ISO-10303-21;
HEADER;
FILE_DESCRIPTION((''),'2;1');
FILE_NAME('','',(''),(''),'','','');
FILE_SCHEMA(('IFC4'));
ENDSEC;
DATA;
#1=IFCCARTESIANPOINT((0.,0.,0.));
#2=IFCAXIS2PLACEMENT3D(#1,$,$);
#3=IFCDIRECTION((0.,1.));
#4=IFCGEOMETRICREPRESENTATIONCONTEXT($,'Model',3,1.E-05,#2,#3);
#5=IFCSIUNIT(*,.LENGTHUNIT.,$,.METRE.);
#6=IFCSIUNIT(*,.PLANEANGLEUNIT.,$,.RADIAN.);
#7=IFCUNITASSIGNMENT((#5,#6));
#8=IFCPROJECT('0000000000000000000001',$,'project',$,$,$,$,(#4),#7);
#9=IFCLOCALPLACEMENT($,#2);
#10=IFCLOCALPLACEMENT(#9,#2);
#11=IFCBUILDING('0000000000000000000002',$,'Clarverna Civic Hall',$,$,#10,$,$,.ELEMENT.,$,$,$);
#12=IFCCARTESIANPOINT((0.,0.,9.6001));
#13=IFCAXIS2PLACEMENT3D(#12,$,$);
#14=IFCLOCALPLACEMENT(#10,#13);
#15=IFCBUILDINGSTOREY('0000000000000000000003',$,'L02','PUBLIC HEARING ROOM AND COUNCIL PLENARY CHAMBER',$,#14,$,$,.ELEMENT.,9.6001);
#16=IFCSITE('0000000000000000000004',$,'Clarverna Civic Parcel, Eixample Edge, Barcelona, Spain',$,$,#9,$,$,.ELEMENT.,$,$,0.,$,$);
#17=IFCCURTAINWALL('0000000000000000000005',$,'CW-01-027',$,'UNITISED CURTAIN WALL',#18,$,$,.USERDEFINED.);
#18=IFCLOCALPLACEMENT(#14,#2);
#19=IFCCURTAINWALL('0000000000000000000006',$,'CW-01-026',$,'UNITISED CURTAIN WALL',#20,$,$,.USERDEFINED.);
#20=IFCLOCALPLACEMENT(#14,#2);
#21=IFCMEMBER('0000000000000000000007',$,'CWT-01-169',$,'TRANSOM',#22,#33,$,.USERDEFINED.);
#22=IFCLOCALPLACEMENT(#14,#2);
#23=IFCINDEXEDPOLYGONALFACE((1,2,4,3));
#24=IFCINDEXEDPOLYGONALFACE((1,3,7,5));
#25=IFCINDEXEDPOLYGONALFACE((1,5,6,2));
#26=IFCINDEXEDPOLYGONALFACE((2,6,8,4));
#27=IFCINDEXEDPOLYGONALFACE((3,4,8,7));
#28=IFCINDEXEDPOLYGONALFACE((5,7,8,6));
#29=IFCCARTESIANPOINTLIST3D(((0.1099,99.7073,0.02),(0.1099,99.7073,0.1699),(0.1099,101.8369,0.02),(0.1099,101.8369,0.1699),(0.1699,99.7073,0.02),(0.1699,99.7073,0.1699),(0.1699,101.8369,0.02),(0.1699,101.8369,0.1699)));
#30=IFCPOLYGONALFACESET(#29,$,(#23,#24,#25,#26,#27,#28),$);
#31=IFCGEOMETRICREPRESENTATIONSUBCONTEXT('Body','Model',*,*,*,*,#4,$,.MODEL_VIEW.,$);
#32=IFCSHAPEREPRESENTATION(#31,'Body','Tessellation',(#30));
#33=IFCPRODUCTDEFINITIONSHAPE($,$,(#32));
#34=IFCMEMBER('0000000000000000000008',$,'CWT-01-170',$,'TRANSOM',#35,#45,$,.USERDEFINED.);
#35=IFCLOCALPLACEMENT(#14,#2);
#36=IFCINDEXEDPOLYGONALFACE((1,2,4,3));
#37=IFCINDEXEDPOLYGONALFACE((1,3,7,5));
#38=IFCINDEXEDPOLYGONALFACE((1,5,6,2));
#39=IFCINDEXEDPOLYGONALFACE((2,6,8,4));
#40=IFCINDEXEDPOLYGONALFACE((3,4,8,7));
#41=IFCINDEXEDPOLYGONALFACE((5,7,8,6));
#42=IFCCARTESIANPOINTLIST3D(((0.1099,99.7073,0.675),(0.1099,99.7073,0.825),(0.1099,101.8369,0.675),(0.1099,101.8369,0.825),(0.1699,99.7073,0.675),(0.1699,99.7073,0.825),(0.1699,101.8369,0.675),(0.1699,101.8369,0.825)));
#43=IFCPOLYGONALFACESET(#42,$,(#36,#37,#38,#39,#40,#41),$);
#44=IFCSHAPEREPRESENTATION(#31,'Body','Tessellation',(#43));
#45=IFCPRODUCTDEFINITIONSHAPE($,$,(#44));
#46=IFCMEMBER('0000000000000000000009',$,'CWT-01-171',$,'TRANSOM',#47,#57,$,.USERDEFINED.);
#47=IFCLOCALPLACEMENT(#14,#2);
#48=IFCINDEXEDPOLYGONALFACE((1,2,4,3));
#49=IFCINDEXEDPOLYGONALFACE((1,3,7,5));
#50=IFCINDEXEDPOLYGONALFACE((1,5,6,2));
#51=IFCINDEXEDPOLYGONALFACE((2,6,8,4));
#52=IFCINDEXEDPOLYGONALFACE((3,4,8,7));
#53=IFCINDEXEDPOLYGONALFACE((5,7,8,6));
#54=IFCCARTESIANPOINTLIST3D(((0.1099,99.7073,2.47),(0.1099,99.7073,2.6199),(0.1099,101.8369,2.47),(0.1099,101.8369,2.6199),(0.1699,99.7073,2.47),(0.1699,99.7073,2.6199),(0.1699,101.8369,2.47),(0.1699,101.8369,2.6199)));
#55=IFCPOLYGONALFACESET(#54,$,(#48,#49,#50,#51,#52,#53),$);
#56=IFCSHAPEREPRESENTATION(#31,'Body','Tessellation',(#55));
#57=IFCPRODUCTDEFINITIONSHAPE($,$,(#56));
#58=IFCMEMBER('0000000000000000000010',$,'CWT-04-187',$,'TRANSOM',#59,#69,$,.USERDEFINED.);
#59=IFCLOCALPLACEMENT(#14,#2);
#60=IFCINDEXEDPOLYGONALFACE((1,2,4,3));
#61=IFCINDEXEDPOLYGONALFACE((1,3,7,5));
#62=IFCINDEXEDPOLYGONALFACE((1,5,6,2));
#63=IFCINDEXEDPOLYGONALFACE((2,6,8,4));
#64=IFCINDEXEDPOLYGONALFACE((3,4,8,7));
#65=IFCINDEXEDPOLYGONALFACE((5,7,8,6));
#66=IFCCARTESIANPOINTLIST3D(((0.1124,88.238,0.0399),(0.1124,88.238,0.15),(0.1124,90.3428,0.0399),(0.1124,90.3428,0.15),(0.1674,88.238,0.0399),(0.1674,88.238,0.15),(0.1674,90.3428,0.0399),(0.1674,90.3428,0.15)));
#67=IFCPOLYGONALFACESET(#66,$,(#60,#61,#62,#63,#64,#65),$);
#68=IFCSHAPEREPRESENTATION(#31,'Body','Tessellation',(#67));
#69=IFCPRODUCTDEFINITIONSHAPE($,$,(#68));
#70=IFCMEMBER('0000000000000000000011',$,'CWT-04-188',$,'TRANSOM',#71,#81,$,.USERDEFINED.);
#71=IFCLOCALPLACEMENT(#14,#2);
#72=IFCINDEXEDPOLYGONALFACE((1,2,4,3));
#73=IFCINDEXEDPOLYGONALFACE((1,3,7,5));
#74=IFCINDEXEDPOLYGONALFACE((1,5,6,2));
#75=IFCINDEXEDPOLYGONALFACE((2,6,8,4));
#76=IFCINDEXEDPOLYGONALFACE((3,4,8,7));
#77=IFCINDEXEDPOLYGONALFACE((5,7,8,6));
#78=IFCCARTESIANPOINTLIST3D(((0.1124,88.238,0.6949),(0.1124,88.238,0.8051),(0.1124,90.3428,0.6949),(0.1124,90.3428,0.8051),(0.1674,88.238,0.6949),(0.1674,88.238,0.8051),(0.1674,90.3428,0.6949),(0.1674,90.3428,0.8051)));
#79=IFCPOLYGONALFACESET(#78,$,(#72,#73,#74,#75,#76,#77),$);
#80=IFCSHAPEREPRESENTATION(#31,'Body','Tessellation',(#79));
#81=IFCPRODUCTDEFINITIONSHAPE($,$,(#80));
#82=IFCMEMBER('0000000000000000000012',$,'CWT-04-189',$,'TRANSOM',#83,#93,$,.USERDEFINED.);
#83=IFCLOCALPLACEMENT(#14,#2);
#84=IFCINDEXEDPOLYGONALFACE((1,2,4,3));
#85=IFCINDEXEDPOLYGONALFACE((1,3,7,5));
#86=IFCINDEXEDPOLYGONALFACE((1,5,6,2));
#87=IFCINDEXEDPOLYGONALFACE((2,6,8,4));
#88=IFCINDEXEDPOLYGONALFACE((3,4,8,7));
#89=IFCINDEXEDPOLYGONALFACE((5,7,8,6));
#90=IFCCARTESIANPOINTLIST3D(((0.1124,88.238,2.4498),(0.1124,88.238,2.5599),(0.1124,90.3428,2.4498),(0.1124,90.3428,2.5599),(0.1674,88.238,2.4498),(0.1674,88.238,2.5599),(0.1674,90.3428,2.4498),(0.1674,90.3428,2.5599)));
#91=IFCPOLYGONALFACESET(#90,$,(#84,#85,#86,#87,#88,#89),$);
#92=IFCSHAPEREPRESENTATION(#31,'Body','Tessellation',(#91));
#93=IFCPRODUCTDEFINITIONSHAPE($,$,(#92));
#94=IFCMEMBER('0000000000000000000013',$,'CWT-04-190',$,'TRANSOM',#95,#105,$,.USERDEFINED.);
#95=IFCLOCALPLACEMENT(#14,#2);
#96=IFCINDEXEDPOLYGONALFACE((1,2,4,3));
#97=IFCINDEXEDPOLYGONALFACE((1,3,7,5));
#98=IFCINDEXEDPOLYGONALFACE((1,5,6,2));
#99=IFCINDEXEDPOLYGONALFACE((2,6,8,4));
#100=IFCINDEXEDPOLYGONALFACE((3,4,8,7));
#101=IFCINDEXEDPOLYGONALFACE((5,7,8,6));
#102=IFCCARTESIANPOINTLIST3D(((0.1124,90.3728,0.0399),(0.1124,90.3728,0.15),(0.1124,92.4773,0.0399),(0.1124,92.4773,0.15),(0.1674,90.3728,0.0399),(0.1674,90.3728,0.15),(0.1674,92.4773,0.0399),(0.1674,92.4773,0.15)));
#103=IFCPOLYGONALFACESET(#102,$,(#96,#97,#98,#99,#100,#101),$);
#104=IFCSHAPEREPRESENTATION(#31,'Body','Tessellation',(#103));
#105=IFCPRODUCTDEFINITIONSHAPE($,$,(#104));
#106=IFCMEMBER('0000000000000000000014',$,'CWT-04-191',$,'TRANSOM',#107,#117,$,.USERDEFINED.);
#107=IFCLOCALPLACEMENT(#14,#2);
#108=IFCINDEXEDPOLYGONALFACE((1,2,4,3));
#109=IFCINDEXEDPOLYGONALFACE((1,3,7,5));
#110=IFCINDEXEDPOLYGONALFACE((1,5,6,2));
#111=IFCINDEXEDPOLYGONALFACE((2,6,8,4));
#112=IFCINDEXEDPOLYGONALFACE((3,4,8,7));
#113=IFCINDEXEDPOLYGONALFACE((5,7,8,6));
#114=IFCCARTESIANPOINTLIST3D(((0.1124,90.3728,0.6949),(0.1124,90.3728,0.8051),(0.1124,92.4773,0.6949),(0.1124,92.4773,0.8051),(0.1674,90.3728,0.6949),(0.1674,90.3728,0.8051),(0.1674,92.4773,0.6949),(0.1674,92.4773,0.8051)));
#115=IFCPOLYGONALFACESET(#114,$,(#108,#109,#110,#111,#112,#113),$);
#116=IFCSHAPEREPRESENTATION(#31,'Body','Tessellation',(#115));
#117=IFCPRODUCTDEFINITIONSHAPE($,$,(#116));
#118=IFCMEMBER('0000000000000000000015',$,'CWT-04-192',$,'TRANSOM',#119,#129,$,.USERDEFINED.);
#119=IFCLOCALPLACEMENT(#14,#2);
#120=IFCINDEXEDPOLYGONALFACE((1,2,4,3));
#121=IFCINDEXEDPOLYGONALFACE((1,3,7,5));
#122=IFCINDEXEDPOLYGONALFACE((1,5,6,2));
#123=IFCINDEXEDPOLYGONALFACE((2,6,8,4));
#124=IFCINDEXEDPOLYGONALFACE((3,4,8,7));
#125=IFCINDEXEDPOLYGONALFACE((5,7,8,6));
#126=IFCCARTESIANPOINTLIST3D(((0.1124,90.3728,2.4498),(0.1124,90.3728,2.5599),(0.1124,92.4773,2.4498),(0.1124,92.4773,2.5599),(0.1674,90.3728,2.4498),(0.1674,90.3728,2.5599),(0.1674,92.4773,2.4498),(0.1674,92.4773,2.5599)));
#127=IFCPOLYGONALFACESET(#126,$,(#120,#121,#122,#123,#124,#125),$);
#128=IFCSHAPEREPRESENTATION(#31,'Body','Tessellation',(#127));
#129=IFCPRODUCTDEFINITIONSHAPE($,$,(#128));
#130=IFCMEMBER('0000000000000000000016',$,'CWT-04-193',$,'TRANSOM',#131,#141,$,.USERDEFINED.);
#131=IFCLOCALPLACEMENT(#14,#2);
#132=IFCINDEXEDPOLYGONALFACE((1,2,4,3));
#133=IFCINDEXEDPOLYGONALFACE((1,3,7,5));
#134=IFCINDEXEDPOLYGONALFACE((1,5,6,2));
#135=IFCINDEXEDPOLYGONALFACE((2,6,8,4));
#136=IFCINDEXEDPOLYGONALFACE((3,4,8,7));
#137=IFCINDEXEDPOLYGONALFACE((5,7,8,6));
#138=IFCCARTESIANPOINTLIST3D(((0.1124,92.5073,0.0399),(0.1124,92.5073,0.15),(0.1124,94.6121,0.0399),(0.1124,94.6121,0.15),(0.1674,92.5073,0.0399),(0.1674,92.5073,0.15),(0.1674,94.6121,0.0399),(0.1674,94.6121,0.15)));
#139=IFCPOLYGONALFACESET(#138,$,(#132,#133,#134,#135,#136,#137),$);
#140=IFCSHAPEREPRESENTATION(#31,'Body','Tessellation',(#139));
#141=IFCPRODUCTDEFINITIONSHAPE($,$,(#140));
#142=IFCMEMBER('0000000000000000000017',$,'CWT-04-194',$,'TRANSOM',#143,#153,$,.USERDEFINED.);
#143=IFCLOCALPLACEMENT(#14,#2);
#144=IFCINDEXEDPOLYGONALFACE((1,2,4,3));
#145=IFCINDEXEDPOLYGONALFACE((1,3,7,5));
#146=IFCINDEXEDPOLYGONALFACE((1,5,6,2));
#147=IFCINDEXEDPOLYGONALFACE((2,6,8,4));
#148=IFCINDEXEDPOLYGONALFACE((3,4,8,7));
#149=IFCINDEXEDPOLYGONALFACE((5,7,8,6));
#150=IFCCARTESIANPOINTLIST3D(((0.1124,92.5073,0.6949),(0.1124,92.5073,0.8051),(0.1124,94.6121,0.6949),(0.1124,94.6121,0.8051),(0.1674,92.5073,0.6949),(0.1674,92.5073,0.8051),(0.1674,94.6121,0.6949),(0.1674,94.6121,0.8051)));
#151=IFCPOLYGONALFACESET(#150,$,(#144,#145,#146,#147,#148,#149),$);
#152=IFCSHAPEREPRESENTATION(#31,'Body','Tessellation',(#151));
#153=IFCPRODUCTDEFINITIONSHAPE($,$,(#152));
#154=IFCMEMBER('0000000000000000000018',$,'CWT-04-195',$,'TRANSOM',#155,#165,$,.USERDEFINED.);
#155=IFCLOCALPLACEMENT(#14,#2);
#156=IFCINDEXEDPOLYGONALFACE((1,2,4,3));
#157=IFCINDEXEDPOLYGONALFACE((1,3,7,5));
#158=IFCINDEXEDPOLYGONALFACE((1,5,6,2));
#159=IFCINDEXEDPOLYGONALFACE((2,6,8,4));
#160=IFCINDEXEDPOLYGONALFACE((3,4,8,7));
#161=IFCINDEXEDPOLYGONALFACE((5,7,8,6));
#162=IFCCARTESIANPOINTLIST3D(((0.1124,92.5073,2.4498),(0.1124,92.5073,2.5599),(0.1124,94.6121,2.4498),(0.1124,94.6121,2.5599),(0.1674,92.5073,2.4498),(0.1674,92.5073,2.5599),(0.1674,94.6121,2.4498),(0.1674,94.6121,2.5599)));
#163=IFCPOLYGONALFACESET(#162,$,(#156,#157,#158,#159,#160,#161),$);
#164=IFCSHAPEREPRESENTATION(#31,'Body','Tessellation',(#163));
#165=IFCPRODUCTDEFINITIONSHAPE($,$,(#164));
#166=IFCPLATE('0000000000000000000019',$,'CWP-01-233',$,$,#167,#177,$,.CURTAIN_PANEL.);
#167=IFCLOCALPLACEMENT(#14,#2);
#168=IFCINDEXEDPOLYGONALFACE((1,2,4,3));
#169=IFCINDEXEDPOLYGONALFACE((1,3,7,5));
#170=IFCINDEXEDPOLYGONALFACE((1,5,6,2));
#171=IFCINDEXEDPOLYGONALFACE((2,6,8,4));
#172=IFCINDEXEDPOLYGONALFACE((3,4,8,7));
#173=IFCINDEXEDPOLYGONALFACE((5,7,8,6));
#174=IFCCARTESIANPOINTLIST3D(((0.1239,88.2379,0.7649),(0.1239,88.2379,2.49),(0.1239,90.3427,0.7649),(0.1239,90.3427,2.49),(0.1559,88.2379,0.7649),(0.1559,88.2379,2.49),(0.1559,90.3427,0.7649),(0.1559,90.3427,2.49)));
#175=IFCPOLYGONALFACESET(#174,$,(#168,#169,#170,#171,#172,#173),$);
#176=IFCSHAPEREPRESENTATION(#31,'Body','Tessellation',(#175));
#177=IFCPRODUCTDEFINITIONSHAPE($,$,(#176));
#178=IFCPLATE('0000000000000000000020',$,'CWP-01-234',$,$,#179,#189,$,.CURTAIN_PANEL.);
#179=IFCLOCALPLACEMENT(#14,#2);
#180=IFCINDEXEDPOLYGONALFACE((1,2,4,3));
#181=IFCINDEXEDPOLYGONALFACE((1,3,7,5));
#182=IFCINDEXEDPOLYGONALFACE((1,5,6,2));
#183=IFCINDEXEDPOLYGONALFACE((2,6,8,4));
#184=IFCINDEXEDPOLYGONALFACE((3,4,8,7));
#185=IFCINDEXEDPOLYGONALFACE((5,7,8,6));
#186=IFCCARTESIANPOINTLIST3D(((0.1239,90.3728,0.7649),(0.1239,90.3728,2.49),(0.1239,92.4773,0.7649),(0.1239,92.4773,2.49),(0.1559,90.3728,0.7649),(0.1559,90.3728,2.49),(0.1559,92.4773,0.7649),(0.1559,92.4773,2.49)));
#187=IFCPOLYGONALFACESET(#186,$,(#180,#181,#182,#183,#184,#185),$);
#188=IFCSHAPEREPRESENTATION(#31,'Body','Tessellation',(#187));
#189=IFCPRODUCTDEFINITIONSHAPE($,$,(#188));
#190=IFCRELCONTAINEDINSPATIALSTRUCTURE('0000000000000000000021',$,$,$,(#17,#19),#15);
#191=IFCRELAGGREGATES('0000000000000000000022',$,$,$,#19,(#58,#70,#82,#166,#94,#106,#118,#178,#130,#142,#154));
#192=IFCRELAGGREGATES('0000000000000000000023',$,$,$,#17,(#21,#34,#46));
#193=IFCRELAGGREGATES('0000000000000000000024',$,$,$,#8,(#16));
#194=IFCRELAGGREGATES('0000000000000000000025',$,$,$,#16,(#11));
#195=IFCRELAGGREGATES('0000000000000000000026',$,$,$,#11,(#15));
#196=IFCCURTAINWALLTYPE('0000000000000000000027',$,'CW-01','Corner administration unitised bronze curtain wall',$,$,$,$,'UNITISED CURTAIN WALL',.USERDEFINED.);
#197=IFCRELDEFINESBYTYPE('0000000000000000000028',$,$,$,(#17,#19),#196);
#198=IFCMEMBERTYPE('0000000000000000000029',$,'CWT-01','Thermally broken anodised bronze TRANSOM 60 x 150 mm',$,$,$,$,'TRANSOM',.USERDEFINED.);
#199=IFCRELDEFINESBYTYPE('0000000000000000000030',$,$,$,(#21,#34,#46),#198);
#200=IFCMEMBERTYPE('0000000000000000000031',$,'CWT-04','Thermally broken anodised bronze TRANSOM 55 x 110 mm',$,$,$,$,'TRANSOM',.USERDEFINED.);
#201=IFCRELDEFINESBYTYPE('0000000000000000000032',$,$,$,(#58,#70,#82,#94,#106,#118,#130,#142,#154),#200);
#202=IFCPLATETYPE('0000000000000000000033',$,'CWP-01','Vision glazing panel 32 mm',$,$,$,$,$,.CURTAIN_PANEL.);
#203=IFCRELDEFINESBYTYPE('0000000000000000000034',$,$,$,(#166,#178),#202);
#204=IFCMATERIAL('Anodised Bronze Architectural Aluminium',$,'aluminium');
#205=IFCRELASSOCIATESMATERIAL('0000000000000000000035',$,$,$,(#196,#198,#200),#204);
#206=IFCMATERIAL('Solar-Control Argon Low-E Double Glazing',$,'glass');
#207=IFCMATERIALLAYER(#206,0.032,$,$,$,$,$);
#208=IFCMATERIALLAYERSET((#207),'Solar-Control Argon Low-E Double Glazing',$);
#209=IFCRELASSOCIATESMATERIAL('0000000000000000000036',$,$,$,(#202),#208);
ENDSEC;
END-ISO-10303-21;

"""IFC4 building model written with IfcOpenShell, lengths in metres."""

from ifc_helpers import new_model, si_unit, direction, frame, frame_2d, origin, origin_2d, place, context, subcontext, project, spatial, rectangle, extrude, material, layer, layer_set, material_profile, profile_set, type_object, element, aggregate, save


model = new_model("IFC4")

# Units and contexts
model_context = context("Model", 3, precision=1e-05, world=origin(), true_north=direction((0.0, 1.0)))
body_context = subcontext(model_context, "Body", "Model", "MODEL_VIEW")
ifc_project = project(units=[si_unit("LENGTHUNIT", "METRE"), si_unit("PLANEANGLEUNIT", "RADIAN")], contexts=[model_context])

# Site, building, storey
site_placement = place(None, origin())
site = spatial("IfcSite", under=ifc_project, at=site_placement, Name="Clarverna Civic Parcel, Eixample Edge, Barcelona, Spain", CompositionType="ELEMENT", RefElevation=0.0)
building_placement = place(site_placement, origin())
building = spatial("IfcBuilding", under=site, at=building_placement, Name="Clarverna Civic Hall", CompositionType="ELEMENT")
storey_placement = place(building_placement, frame((0.0, 0.0, 9.6001)))
storey = spatial("IfcBuildingStorey", under=building, at=storey_placement, Name="L02", Description="PUBLIC HEARING ROOM AND COUNCIL PLENARY CHAMBER", CompositionType="ELEMENT", Elevation=9.6001)

# Curtain walls
ifc_material_1 = material(Name="Anodised Bronze Architectural Aluminium", Category="aluminium")
curtain_wall_type = type_object("IfcCurtainWallType", Name="CW-01", Description="Corner administration unitised bronze curtain wall", ElementType="UNITISED CURTAIN WALL", PredefinedType="USERDEFINED", material=ifc_material_1)
curtain_wall_1_placement = place(storey_placement, origin())
curtain_wall_1 = element("IfcCurtainWall", 1, at=curtain_wall_1_placement, inside=storey, type_object=curtain_wall_type, Name="CW-01-027", ObjectType="UNITISED CURTAIN WALL", PredefinedType="USERDEFINED")
curtain_wall_2_placement = place(storey_placement, origin())
curtain_wall_2 = element("IfcCurtainWall", 2, at=curtain_wall_2_placement, inside=storey, type_object=curtain_wall_type, Name="CW-01-026", ObjectType="UNITISED CURTAIN WALL", PredefinedType="USERDEFINED")

# Members
ifc_material_profile_1 = material_profile(ifc_material_1, rectangle(XDim=0.0601, YDim=0.1499, at=origin_2d()), Name="BRONZE 60x150")
ifc_profile_set_1 = profile_set([ifc_material_profile_1], Name="Anodised Bronze Architectural Aluminium")
member_type_1 = type_object("IfcMemberType", Name="CWT-01", Description="Thermally broken anodised bronze TRANSOM 60 x 150 mm", ElementType="TRANSOM", PredefinedType="USERDEFINED", material=ifc_profile_set_1)
member_1_placement = place(storey_placement, frame((0.1399, 99.7073, 0.095), z_axis=(0.0, 1.0, 0.0), x_axis=(-1.0, 0.0, 0.0)))
member_1 = element("IfcMember", 3, at=member_1_placement, type_object=member_type_1, Name="CWT-01-169", ObjectType="TRANSOM", PredefinedType="USERDEFINED", context=body_context, shape_type="SweptSolid", body=[
    extrude(rectangle(XDim=0.0601, YDim=0.1499, at=origin_2d()), origin(), (0.0, 0.0, 1.0), 2.1296),
])
member_2_placement = place(storey_placement, frame((0.1399, 99.7073, 0.75), z_axis=(0.0, 1.0, 0.0), x_axis=(-1.0, 0.0, 0.0)))
member_2 = element("IfcMember", 4, at=member_2_placement, type_object=member_type_1, Name="CWT-01-170", ObjectType="TRANSOM", PredefinedType="USERDEFINED", context=body_context, shape_type="SweptSolid", body=[
    extrude(rectangle(XDim=0.0601, YDim=0.1499, at=origin_2d()), origin(), (0.0, 0.0, 1.0), 2.1296),
])
member_3_placement = place(storey_placement, frame((0.1399, 99.7073, 2.5449), z_axis=(0.0, 1.0, 0.0), x_axis=(-1.0, 0.0, 0.0)))
member_3 = element("IfcMember", 5, at=member_3_placement, type_object=member_type_1, Name="CWT-01-171", ObjectType="TRANSOM", PredefinedType="USERDEFINED", context=body_context, shape_type="SweptSolid", body=[
    extrude(rectangle(XDim=0.0601, YDim=0.1499, at=origin_2d()), origin(), (0.0, 0.0, 1.0), 2.1296),
])
ifc_material_profile_2 = material_profile(ifc_material_1, rectangle(XDim=0.0549, YDim=0.1101, at=origin_2d()), Name="BRONZE 55x110")
ifc_profile_set_2 = profile_set([ifc_material_profile_2], Name="Anodised Bronze Architectural Aluminium")
member_type_2 = type_object("IfcMemberType", Name="CWT-04", Description="Thermally broken anodised bronze TRANSOM 55 x 110 mm", ElementType="TRANSOM", PredefinedType="USERDEFINED", material=ifc_profile_set_2)
member_4_placement = place(storey_placement, frame((0.1399, 88.238, 0.095), z_axis=(0.0, 1.0, 0.0), x_axis=(-1.0, 0.0, 0.0)))
member_4 = element("IfcMember", 6, at=member_4_placement, type_object=member_type_2, Name="CWT-04-187", ObjectType="TRANSOM", PredefinedType="USERDEFINED", context=body_context, shape_type="SweptSolid", body=[
    extrude(rectangle(XDim=0.0549, YDim=0.1101, at=origin_2d()), origin(), (0.0, 0.0, 1.0), 2.1047),
])
member_5_placement = place(storey_placement, frame((0.1399, 88.238, 0.75), z_axis=(0.0, 1.0, 0.0), x_axis=(-1.0, 0.0, 0.0)))
member_5 = element("IfcMember", 7, at=member_5_placement, type_object=member_type_2, Name="CWT-04-188", ObjectType="TRANSOM", PredefinedType="USERDEFINED", context=body_context, shape_type="SweptSolid", body=[
    extrude(rectangle(XDim=0.0549, YDim=0.1101, at=origin_2d()), origin(), (0.0, 0.0, 1.0), 2.1047),
])
member_6_placement = place(storey_placement, frame((0.1399, 88.238, 2.5049), z_axis=(0.0, 1.0, 0.0), x_axis=(-1.0, 0.0, 0.0)))
member_6 = element("IfcMember", 8, at=member_6_placement, type_object=member_type_2, Name="CWT-04-189", ObjectType="TRANSOM", PredefinedType="USERDEFINED", context=body_context, shape_type="SweptSolid", body=[
    extrude(rectangle(XDim=0.0549, YDim=0.1101, at=origin_2d()), origin(), (0.0, 0.0, 1.0), 2.1047),
])
member_7_placement = place(storey_placement, frame((0.1399, 90.3728, 0.095), z_axis=(0.0, 1.0, 0.0), x_axis=(-1.0, 0.0, 0.0)))
member_7 = element("IfcMember", 9, at=member_7_placement, type_object=member_type_2, Name="CWT-04-190", ObjectType="TRANSOM", PredefinedType="USERDEFINED", context=body_context, shape_type="SweptSolid", body=[
    extrude(rectangle(XDim=0.0549, YDim=0.1101, at=origin_2d()), origin(), (0.0, 0.0, 1.0), 2.1045),
])
member_8_placement = place(storey_placement, frame((0.1399, 90.3728, 0.75), z_axis=(0.0, 1.0, 0.0), x_axis=(-1.0, 0.0, 0.0)))
member_8 = element("IfcMember", 10, at=member_8_placement, type_object=member_type_2, Name="CWT-04-191", ObjectType="TRANSOM", PredefinedType="USERDEFINED", context=body_context, shape_type="SweptSolid", body=[
    extrude(rectangle(XDim=0.0549, YDim=0.1101, at=origin_2d()), origin(), (0.0, 0.0, 1.0), 2.1045),
])
member_9_placement = place(storey_placement, frame((0.1399, 90.3728, 2.5049), z_axis=(0.0, 1.0, 0.0), x_axis=(-1.0, 0.0, 0.0)))
member_9 = element("IfcMember", 11, at=member_9_placement, type_object=member_type_2, Name="CWT-04-192", ObjectType="TRANSOM", PredefinedType="USERDEFINED", context=body_context, shape_type="SweptSolid", body=[
    extrude(rectangle(XDim=0.0549, YDim=0.1101, at=origin_2d()), origin(), (0.0, 0.0, 1.0), 2.1045),
])
member_10_placement = place(storey_placement, frame((0.1399, 92.5073, 0.095), z_axis=(0.0, 1.0, 0.0), x_axis=(-1.0, 0.0, 0.0)))
member_10 = element("IfcMember", 12, at=member_10_placement, type_object=member_type_2, Name="CWT-04-193", ObjectType="TRANSOM", PredefinedType="USERDEFINED", context=body_context, shape_type="SweptSolid", body=[
    extrude(rectangle(XDim=0.0549, YDim=0.1101, at=origin_2d()), origin(), (0.0, 0.0, 1.0), 2.1047),
])
member_11_placement = place(storey_placement, frame((0.1399, 92.5073, 0.75), z_axis=(0.0, 1.0, 0.0), x_axis=(-1.0, 0.0, 0.0)))
member_11 = element("IfcMember", 13, at=member_11_placement, type_object=member_type_2, Name="CWT-04-194", ObjectType="TRANSOM", PredefinedType="USERDEFINED", context=body_context, shape_type="SweptSolid", body=[
    extrude(rectangle(XDim=0.0549, YDim=0.1101, at=origin_2d()), origin(), (0.0, 0.0, 1.0), 2.1047),
])
member_12_placement = place(storey_placement, frame((0.1399, 92.5073, 2.5049), z_axis=(0.0, 1.0, 0.0), x_axis=(-1.0, 0.0, 0.0)))
member_12 = element("IfcMember", 14, at=member_12_placement, type_object=member_type_2, Name="CWT-04-195", ObjectType="TRANSOM", PredefinedType="USERDEFINED", context=body_context, shape_type="SweptSolid", body=[
    extrude(rectangle(XDim=0.0549, YDim=0.1101, at=origin_2d()), origin(), (0.0, 0.0, 1.0), 2.1047),
])

# Plates
ifc_material_2 = material(Name="Solar-Control Argon Low-E Double Glazing", Category="glass")
ifc_layer_1 = layer(ifc_material_2, 0.032)
ifc_layer_set_1 = layer_set([ifc_layer_1], Name="Solar-Control Argon Low-E Double Glazing")
plate_type_1 = type_object("IfcPlateType", Name="CWP-01", Description="Vision glazing panel 32 mm", PredefinedType="CURTAIN_PANEL", material=ifc_layer_set_1)
plate_1_placement = place(storey_placement, frame((0.1399, 88.238, 0.7649), z_axis=(0.0, 0.0, 1.0), x_axis=(0.0, 1.0, 0.0)))
plate_1 = element("IfcPlate", 15, at=plate_1_placement, type_object=plate_type_1, Name="CWP-01-233", PredefinedType="CURTAIN_PANEL", context=body_context, shape_type="SweptSolid", body=[
    extrude(rectangle(XDim=2.1047, YDim=0.032, at=frame_2d((1.0522, 0.0))), origin(), (0.0, 0.0, 1.0), 1.7251),
])
plate_2_placement = place(storey_placement, frame((0.1399, 90.3728, 0.7649), z_axis=(0.0, 0.0, 1.0), x_axis=(0.0, 1.0, 0.0)))
plate_2 = element("IfcPlate", 16, at=plate_2_placement, type_object=plate_type_1, Name="CWP-01-234", PredefinedType="CURTAIN_PANEL", context=body_context, shape_type="SweptSolid", body=[
    extrude(rectangle(XDim=2.1045, YDim=0.032, at=frame_2d((1.0522, 0.0))), origin(), (0.0, 0.0, 1.0), 1.7251),
])
aggregate(curtain_wall_2, [member_4, member_5, member_6, plate_1, member_7, member_8, member_9, plate_2, member_10, member_11, member_12])
aggregate(curtain_wall_1, [member_1, member_2, member_3])

save(model, "model.ifc")
